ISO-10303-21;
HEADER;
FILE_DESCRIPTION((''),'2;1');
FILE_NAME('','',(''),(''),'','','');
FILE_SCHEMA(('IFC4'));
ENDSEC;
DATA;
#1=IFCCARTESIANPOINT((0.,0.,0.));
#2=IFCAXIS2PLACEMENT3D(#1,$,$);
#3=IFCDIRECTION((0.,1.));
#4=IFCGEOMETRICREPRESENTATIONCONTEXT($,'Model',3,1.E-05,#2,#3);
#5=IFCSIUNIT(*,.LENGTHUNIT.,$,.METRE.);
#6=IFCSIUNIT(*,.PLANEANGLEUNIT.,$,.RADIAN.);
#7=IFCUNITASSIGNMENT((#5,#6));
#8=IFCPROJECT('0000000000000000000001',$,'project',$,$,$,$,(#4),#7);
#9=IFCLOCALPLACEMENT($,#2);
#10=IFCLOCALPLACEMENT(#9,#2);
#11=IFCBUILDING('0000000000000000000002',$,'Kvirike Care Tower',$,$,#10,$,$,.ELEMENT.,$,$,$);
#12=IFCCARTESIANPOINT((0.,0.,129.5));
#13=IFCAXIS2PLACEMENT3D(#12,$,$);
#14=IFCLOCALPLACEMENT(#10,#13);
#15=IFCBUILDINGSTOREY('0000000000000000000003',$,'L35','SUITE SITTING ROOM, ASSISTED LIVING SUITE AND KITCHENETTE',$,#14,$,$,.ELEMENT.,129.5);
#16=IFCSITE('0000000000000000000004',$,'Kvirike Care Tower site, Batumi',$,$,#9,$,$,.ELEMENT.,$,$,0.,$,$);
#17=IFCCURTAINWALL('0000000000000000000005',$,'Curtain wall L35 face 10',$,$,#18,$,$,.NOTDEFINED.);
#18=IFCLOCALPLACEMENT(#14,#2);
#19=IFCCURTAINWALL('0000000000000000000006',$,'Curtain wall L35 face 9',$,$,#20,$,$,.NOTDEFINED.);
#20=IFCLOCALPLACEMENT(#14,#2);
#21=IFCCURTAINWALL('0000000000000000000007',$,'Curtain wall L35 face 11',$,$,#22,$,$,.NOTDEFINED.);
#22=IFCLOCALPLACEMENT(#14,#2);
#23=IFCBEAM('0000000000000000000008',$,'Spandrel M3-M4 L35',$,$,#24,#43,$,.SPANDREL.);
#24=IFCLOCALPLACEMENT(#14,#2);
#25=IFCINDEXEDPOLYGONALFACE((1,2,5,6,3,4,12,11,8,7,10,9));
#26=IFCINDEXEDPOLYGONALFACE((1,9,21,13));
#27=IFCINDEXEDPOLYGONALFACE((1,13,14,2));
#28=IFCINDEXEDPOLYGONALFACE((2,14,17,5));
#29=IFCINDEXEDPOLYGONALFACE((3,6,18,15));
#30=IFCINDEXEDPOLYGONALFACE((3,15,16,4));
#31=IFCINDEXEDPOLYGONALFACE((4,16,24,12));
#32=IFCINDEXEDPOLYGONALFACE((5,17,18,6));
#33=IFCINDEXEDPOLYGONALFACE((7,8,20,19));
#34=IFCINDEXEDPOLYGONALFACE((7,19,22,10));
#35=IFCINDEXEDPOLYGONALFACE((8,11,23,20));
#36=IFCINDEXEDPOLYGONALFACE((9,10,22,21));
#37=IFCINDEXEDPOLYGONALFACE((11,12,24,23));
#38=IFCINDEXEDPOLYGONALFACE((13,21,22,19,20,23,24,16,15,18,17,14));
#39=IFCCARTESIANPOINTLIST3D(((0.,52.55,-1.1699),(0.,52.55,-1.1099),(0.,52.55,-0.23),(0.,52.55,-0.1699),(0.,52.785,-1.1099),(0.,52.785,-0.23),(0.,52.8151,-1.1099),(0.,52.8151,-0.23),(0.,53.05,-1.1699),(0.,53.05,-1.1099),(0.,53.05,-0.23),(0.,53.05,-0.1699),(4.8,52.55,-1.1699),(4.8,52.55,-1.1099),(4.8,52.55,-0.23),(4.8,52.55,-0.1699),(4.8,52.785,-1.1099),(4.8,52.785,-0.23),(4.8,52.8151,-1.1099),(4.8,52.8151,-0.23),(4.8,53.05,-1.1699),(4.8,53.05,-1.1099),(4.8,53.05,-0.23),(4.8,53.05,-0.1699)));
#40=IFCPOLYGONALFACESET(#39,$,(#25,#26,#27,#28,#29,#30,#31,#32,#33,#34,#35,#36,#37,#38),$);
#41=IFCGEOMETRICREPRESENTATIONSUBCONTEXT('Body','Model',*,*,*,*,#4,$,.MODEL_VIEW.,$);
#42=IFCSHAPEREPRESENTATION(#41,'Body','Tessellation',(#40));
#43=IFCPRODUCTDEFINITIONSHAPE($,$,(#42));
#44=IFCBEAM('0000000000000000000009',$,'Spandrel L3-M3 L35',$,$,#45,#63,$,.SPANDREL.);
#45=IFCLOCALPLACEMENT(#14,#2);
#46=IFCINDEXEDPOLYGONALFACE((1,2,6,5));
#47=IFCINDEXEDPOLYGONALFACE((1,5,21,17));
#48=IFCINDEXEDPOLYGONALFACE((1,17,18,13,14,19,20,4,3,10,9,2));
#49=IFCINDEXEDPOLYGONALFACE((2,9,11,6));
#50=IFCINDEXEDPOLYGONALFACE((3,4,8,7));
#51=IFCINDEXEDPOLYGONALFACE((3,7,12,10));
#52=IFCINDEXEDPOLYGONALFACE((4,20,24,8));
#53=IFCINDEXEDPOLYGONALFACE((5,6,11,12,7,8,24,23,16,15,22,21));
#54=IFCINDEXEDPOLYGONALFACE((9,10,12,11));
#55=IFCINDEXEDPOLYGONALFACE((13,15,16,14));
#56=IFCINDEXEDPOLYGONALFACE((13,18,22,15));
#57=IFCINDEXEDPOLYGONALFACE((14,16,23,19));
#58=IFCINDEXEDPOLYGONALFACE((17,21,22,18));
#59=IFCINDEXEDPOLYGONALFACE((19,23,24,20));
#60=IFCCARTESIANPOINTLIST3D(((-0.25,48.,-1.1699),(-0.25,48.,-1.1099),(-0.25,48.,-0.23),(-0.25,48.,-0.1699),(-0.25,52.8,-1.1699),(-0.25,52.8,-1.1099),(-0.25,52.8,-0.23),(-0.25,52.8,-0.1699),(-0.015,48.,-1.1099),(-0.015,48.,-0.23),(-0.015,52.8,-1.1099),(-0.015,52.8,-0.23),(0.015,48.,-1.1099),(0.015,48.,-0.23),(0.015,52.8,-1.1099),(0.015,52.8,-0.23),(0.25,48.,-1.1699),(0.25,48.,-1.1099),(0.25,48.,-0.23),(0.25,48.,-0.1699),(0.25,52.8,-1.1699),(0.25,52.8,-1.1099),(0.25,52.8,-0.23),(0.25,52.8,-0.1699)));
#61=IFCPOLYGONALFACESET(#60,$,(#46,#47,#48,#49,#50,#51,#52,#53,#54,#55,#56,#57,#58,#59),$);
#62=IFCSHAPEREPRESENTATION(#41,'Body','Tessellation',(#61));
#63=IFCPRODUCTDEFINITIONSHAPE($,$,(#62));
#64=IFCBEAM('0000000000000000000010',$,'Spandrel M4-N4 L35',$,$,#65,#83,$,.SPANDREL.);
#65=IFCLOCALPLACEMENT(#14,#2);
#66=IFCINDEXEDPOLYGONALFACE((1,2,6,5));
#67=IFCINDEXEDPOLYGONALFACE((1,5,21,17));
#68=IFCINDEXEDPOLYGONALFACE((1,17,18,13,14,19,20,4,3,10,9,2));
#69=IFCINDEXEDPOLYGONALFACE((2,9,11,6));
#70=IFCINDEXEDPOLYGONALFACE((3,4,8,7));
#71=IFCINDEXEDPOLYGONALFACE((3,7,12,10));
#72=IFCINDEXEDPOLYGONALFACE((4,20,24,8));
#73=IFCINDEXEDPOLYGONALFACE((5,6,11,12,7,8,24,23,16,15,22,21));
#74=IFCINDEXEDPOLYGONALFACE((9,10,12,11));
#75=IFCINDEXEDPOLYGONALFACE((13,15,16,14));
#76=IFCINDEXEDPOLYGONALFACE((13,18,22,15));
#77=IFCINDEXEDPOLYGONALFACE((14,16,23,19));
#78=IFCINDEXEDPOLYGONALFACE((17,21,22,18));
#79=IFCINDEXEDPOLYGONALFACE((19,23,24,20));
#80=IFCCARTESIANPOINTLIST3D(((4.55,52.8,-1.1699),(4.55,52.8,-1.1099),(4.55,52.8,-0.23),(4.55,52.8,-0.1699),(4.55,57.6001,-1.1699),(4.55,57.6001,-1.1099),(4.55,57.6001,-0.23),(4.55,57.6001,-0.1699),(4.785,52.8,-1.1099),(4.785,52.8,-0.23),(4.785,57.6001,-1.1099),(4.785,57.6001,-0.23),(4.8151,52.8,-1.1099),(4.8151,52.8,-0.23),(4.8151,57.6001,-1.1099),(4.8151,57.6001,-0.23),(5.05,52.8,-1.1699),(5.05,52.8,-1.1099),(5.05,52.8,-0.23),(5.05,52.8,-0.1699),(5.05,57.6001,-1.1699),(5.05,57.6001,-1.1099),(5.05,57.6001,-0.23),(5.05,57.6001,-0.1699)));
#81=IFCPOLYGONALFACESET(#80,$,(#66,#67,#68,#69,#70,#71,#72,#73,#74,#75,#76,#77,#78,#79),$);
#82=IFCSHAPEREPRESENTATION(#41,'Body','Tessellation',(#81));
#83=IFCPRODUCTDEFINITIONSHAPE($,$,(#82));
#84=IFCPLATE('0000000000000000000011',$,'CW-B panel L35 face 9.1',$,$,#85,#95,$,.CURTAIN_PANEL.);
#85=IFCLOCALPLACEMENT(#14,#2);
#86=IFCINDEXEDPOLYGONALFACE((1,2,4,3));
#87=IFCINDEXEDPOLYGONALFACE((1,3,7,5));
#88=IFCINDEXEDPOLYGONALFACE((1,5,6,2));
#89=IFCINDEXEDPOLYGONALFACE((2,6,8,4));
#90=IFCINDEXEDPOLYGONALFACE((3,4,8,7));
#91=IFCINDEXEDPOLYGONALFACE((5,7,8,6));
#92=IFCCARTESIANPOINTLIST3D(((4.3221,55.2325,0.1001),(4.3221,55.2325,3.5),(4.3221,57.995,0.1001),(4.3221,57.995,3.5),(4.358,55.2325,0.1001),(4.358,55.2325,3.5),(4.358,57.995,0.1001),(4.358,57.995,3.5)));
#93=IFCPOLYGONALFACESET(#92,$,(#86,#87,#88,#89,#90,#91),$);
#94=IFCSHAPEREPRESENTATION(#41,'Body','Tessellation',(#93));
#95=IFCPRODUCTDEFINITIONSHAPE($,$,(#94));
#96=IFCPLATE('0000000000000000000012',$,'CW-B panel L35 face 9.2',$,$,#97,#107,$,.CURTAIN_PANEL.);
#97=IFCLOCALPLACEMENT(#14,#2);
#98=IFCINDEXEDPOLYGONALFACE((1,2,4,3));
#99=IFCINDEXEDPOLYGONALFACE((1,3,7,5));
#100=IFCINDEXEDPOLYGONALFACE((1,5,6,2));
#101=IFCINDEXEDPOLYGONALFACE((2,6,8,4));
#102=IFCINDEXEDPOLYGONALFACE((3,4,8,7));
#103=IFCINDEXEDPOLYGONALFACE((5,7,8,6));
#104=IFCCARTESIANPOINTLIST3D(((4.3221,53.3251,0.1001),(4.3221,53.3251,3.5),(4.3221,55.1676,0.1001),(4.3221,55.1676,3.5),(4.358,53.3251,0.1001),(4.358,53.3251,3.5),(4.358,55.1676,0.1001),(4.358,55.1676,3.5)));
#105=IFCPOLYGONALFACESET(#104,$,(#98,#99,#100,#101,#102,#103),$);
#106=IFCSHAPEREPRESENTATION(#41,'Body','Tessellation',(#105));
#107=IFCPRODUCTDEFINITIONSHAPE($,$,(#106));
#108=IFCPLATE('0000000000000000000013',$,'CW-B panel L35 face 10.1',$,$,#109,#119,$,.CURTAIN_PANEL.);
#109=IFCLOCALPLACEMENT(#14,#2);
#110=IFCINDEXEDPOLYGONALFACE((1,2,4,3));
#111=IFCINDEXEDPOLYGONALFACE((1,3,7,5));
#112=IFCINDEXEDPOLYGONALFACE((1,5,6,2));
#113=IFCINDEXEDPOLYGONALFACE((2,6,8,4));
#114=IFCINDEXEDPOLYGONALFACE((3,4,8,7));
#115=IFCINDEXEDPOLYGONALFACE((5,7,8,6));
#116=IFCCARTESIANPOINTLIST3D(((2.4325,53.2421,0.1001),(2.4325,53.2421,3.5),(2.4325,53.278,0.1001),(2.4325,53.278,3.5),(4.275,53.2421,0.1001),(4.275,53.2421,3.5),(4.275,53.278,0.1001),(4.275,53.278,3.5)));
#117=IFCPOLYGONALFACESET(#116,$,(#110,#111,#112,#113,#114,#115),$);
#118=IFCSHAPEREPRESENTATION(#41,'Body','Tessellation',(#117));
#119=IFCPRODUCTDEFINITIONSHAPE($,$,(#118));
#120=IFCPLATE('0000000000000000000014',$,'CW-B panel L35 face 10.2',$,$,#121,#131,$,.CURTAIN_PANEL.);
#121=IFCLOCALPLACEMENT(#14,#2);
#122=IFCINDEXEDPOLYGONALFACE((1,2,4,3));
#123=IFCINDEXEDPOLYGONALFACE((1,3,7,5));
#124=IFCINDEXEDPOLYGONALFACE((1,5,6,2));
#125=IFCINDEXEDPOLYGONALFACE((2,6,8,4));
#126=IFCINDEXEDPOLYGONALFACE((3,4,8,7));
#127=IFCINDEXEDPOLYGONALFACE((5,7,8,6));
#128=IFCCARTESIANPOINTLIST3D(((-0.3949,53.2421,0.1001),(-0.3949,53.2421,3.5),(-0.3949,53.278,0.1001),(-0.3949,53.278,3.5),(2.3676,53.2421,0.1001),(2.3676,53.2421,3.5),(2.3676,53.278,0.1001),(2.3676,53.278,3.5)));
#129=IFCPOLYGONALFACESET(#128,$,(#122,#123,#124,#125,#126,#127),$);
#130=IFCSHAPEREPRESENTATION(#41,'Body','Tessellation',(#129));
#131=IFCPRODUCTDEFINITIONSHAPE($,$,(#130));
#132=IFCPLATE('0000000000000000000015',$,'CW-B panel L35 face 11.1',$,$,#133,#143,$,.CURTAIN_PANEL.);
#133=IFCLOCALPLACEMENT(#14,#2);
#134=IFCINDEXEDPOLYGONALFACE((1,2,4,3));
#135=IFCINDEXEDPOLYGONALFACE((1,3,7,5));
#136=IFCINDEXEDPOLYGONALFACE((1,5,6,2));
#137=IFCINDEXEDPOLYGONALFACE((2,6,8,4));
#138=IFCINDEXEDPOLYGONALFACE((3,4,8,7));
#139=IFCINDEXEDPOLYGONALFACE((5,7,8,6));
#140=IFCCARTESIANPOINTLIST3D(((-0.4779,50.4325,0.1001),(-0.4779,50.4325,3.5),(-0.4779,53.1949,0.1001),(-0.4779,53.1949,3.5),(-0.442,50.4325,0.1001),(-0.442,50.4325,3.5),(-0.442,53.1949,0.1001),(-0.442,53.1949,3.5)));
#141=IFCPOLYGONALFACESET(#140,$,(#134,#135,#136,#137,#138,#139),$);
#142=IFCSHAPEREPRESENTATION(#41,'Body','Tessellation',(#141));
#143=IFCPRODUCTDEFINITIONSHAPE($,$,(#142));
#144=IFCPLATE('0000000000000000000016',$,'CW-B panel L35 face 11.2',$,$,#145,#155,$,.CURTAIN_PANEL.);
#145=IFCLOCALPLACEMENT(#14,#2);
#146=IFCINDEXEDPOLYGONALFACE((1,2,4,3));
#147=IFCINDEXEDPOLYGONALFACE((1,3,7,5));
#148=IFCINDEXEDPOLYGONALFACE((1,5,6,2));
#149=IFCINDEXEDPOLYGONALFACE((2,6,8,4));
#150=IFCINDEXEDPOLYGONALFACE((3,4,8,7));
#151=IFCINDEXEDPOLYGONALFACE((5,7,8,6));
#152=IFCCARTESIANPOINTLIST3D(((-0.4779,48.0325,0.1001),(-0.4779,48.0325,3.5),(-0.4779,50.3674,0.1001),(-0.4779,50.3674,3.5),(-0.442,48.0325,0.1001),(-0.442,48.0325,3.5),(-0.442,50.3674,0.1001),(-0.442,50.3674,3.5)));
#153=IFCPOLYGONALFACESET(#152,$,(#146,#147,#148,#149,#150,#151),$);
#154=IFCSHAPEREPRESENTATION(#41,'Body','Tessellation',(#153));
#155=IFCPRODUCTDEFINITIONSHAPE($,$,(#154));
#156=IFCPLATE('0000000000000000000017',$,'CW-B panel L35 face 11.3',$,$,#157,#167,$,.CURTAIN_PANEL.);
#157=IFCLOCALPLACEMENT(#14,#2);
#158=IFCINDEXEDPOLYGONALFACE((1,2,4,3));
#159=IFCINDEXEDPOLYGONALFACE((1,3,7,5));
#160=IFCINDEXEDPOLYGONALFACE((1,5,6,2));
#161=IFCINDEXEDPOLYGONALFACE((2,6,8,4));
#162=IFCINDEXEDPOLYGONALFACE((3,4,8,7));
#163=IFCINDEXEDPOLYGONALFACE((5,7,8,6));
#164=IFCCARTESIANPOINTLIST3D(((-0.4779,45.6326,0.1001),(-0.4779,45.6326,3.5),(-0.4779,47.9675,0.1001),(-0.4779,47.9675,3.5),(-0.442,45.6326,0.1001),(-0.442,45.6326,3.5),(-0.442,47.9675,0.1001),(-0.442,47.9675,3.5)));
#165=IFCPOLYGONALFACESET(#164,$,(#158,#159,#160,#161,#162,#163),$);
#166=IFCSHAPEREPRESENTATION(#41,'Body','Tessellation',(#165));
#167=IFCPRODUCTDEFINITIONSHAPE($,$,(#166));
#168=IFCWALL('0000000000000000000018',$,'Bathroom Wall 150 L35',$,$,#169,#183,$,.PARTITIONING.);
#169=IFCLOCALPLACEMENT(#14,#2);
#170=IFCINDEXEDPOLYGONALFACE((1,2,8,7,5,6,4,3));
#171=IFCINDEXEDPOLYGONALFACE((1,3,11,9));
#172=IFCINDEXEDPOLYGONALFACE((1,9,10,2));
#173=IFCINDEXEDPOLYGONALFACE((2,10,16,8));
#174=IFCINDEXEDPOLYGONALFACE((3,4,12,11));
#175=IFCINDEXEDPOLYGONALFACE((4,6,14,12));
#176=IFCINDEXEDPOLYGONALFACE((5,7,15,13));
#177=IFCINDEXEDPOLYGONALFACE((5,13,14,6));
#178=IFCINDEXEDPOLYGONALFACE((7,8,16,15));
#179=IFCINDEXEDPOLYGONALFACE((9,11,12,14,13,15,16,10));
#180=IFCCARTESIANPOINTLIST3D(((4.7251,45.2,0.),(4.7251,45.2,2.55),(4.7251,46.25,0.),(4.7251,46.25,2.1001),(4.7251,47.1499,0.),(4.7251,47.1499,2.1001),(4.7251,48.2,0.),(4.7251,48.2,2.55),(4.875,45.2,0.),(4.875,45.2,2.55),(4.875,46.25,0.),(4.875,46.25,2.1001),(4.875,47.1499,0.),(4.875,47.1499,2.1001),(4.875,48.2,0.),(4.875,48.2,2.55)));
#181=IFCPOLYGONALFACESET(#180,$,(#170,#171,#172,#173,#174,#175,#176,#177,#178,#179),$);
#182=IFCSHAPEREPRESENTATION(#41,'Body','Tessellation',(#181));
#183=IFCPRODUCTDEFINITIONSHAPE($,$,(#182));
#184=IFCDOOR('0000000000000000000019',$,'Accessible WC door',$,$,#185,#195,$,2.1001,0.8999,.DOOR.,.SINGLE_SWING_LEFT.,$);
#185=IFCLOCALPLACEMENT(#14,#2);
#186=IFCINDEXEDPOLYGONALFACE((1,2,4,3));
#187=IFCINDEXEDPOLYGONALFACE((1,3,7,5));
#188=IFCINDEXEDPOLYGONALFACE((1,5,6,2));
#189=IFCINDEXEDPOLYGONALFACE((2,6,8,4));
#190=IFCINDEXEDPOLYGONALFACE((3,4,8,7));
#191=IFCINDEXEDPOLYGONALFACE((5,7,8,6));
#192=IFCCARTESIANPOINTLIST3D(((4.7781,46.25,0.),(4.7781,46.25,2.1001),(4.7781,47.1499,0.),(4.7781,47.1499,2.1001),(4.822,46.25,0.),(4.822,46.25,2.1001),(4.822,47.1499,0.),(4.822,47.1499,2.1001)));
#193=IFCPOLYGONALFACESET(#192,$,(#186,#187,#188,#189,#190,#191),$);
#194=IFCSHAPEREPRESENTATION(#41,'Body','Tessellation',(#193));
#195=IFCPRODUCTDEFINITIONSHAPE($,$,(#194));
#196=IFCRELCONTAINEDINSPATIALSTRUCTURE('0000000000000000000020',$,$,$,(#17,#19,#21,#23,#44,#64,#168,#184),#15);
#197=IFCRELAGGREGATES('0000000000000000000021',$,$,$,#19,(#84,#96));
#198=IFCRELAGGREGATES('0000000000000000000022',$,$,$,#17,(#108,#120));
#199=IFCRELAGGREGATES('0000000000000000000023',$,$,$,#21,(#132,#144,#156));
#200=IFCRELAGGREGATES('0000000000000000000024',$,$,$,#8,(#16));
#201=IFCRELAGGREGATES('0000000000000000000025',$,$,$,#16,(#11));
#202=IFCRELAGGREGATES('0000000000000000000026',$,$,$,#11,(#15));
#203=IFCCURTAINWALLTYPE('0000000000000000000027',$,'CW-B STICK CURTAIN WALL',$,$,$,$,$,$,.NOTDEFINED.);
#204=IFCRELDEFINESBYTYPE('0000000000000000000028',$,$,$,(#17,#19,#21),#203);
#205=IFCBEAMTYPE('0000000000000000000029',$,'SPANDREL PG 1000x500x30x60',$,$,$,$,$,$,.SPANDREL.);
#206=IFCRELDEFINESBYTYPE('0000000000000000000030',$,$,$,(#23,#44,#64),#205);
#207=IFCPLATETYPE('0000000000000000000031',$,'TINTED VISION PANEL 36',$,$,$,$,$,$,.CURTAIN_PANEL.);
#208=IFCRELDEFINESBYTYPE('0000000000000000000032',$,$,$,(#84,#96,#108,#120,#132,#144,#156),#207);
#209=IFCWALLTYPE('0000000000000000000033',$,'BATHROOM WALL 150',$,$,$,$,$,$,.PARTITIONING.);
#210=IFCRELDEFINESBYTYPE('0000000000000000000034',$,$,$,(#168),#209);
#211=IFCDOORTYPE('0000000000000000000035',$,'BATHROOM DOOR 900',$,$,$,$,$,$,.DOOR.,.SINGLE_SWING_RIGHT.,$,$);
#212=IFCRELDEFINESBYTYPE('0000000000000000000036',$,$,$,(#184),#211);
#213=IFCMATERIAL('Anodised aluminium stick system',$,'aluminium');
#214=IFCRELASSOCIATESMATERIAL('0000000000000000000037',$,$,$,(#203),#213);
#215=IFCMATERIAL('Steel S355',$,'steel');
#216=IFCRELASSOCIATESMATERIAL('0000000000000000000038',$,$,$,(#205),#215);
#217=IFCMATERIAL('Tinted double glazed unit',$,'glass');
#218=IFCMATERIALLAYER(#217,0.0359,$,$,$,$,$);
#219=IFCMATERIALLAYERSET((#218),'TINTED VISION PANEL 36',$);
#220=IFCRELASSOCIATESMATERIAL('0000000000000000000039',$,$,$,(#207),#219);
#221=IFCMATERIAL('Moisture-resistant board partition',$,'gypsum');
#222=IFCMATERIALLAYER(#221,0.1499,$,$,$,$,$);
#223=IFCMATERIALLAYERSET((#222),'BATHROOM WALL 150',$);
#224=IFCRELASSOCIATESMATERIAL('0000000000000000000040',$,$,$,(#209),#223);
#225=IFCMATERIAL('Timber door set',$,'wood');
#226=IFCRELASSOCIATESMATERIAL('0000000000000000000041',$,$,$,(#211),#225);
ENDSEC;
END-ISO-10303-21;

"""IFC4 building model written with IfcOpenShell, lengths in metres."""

from ifc_helpers import new_model, si_unit, direction, frame, frame_2d, origin, origin_2d, place, context, subcontext, project, spatial, rectangle, i_section, extrude, material, layer, layer_set, material_profile, profile_set, type_object, element, fill, aggregate, save


model = new_model("IFC4")

# Units and contexts
model_context = context("Model", 3, precision=1e-05, world=origin(), true_north=direction((0.0, 1.0)))
body_context = subcontext(model_context, "Body", "Model", "MODEL_VIEW")
ifc_project = project(units=[si_unit("LENGTHUNIT", "METRE"), si_unit("PLANEANGLEUNIT", "RADIAN")], contexts=[model_context])

# Site, building, storey
site_placement = place(None, origin())
site = spatial("IfcSite", under=ifc_project, at=site_placement, Name="Kvirike Care Tower site, Batumi", CompositionType="ELEMENT", RefElevation=0.0)
building_placement = place(site_placement, origin())
building = spatial("IfcBuilding", under=site, at=building_placement, Name="Kvirike Care Tower", CompositionType="ELEMENT")
storey_placement = place(building_placement, frame((0.0, 0.0, 129.5)))
storey = spatial("IfcBuildingStorey", under=building, at=storey_placement, Name="L35", Description="SUITE SITTING ROOM, ASSISTED LIVING SUITE AND KITCHENETTE", CompositionType="ELEMENT", Elevation=129.5)

# Curtain wall
ifc_material_1 = material(Name="Anodised aluminium stick system", Category="aluminium")
curtain_wall_type = type_object("IfcCurtainWallType", Name="CW-B STICK CURTAIN WALL", PredefinedType="NOTDEFINED", material=ifc_material_1)
curtain_wall_1_placement = place(storey_placement, origin())
curtain_wall_1 = element("IfcCurtainWall", 1, at=curtain_wall_1_placement, inside=storey, type_object=curtain_wall_type, Name="Curtain wall L35 face 10", PredefinedType="NOTDEFINED")

# Curtain wall
curtain_wall_2_placement = place(storey_placement, origin())
curtain_wall_2 = element("IfcCurtainWall", 2, at=curtain_wall_2_placement, inside=storey, type_object=curtain_wall_type, Name="Curtain wall L35 face 9", PredefinedType="NOTDEFINED")

# Curtain wall
curtain_wall_3_placement = place(storey_placement, origin())
curtain_wall_3 = element("IfcCurtainWall", 3, at=curtain_wall_3_placement, inside=storey, type_object=curtain_wall_type, Name="Curtain wall L35 face 11", PredefinedType="NOTDEFINED")

# Beams
ifc_material_2 = material(Name="Steel S355", Category="steel")
ifc_material_profile_1 = material_profile(ifc_material_2, i_section(OverallWidth=0.5, OverallDepth=1.0, WebThickness=0.03, FlangeThickness=0.0601, at=origin_2d()), Name="PG 1000x500x30x60")
ifc_profile_set_1 = profile_set([ifc_material_profile_1], Name="Steel S355")
beam_type_1 = type_object("IfcBeamType", Name="SPANDREL PG 1000x500x30x60", PredefinedType="SPANDREL", material=ifc_profile_set_1)
for number, where, z_axis, x_axis, name in (
    (4, (0.0, 52.8, -0.6699), (1.0, 0.0, 0.0), (0.0, 1.0, 0.0), "Spandrel M3-M4 L35"),
    (5, (0.0, 48.0, -0.6699), (0.0, 1.0, 0.0), (-1.0, 0.0, 0.0), "Spandrel L3-M3 L35"),
    (6, (4.8, 52.8, -0.6699), (0.0, 1.0, 0.0), (-1.0, 0.0, 0.0), "Spandrel M4-N4 L35"),
):
    element("IfcBeam", number, at=place(storey_placement, frame(where, z_axis=z_axis, x_axis=x_axis)), inside=storey, type_object=beam_type_1, Name=name, PredefinedType="SPANDREL", context=body_context, shape_type="SweptSolid", body=[
        extrude(i_section(OverallWidth=0.5, OverallDepth=1.0, WebThickness=0.03, FlangeThickness=0.0601, at=origin_2d()), origin(), (0.0, 0.0, 1.0), 4.8),
    ])

# Plates
ifc_material_3 = material(Name="Tinted double glazed unit", Category="glass")
ifc_layer_1 = layer(ifc_material_3, 0.0359)
ifc_layer_set_1 = layer_set([ifc_layer_1], Name="TINTED VISION PANEL 36")
plate_type = type_object("IfcPlateType", Name="TINTED VISION PANEL 36", PredefinedType="CURTAIN_PANEL", material=ifc_layer_set_1)
plate_1_placement = place(storey_placement, frame((4.3401, 56.6138, 0.1001), z_axis=(0.0, 0.0, 1.0), x_axis=(0.0, -1.0, 0.0)))
plate_1 = element("IfcPlate", 7, at=plate_1_placement, type_object=plate_type, Name="CW-B panel L35 face 9.1", PredefinedType="CURTAIN_PANEL", context=body_context, shape_type="SweptSolid", body=[
    extrude(rectangle(XDim=2.7625, YDim=0.0359, at=origin_2d()), origin(), (0.0, 0.0, 1.0), 3.3999),
])
plate_2_placement = place(storey_placement, frame((4.3401, 54.2463, 0.1001), z_axis=(0.0, 0.0, 1.0), x_axis=(0.0, -1.0, 0.0)))
plate_2 = element("IfcPlate", 8, at=plate_2_placement, type_object=plate_type, Name="CW-B panel L35 face 9.2", PredefinedType="CURTAIN_PANEL", context=body_context, shape_type="SweptSolid", body=[
    extrude(rectangle(XDim=1.8425, YDim=0.0359, at=origin_2d()), origin(), (0.0, 0.0, 1.0), 3.3999),
])
aggregate(curtain_wall_2, [plate_1, plate_2])
plate_3_placement = place(storey_placement, frame((3.3538, 53.26, 0.1001), z_axis=(0.0, 0.0, 1.0), x_axis=(-1.0, 0.0, 0.0)))
plate_3 = element("IfcPlate", 9, at=plate_3_placement, type_object=plate_type, Name="CW-B panel L35 face 10.1", PredefinedType="CURTAIN_PANEL", context=body_context, shape_type="SweptSolid", body=[
    extrude(rectangle(XDim=1.8425, YDim=0.0359, at=origin_2d()), origin(), (0.0, 0.0, 1.0), 3.3999),
])
plate_4_placement = place(storey_placement, frame((0.9863, 53.26, 0.1001), z_axis=(0.0, 0.0, 1.0), x_axis=(-1.0, 0.0, 0.0)))
plate_4 = element("IfcPlate", 10, at=plate_4_placement, type_object=plate_type, Name="CW-B panel L35 face 10.2", PredefinedType="CURTAIN_PANEL", context=body_context, shape_type="SweptSolid", body=[
    extrude(rectangle(XDim=2.7625, YDim=0.0359, at=origin_2d()), origin(), (0.0, 0.0, 1.0), 3.3999),
])
aggregate(curtain_wall_1, [plate_3, plate_4])
plate_5_placement = place(storey_placement, frame((-0.46, 51.8137, 0.1001), z_axis=(0.0, 0.0, 1.0), x_axis=(0.0, -1.0, 0.0)))
plate_5 = element("IfcPlate", 11, at=plate_5_placement, type_object=plate_type, Name="CW-B panel L35 face 11.1", PredefinedType="CURTAIN_PANEL", context=body_context, shape_type="SweptSolid", body=[
    extrude(rectangle(XDim=2.7625, YDim=0.0359, at=origin_2d()), origin(), (0.0, 0.0, 1.0), 3.3999),
])
plate_6_placement = place(storey_placement, frame((-0.46, 49.2, 0.1001), z_axis=(0.0, 0.0, 1.0), x_axis=(0.0, -1.0, 0.0)))
plate_6 = element("IfcPlate", 12, at=plate_6_placement, type_object=plate_type, Name="CW-B panel L35 face 11.2", PredefinedType="CURTAIN_PANEL", context=body_context, shape_type="SweptSolid", body=[
    extrude(rectangle(XDim=2.335, YDim=0.0359, at=origin_2d()), origin(), (0.0, 0.0, 1.0), 3.3999),
])
plate_7_placement = place(storey_placement, frame((-0.46, 46.8, 0.1001), z_axis=(0.0, 0.0, 1.0), x_axis=(0.0, -1.0, 0.0)))
plate_7 = element("IfcPlate", 13, at=plate_7_placement, type_object=plate_type, Name="CW-B panel L35 face 11.3", PredefinedType="CURTAIN_PANEL", context=body_context, shape_type="SweptSolid", body=[
    extrude(rectangle(XDim=2.335, YDim=0.0359, at=origin_2d()), origin(), (0.0, 0.0, 1.0), 3.3999),
])
aggregate(curtain_wall_3, [plate_5, plate_6, plate_7])

# Wall, opening, door
ifc_material_4 = material(Name="Moisture-resistant board partition", Category="gypsum")
ifc_layer_2 = layer(ifc_material_4, 0.1499)
ifc_layer_set_2 = layer_set([ifc_layer_2], Name="BATHROOM WALL 150")
wall_type_1 = type_object("IfcWallType", Name="BATHROOM WALL 150", PredefinedType="PARTITIONING", material=ifc_layer_set_2)
wall_1_placement = place(storey_placement, frame((4.8, 48.2, 0.0), z_axis=(0.0, 0.0, 1.0), x_axis=(0.0, -1.0, 0.0)))
wall_1 = element("IfcWall", 14, at=wall_1_placement, inside=storey, type_object=wall_type_1, Name="Bathroom Wall 150 L35", PredefinedType="PARTITIONING", context=body_context, shape_type="SweptSolid", body=[
    extrude(rectangle(XDim=3.0, YDim=0.1499, at=frame_2d((1.5, 0.0))), origin(), (0.0, 0.0, 1.0), 2.55),
])
opening_placement = place(wall_1_placement, frame((1.05, 0.0, 0.0)))
opening = element("IfcOpeningElement", 15, at=opening_placement, cuts=wall_1, PredefinedType="OPENING", context=body_context, shape_type="SweptSolid", body=[
    extrude(rectangle(XDim=0.8999, YDim=2.1001, at=frame_2d((0.45, 1.05))), frame((0.0, 0.0854, 0.0), z_axis=(0.0, -1.0, 0.0), x_axis=(1.0, 0.0, 0.0)), (0.0, 0.0, 1.0), 0.1709),
])
ifc_material_5 = material(Name="Timber door set", Category="wood")
door_type = type_object("IfcDoorType", Name="BATHROOM DOOR 900", OperationType="SINGLE_SWING_RIGHT", PredefinedType="DOOR", material=ifc_material_5)
door_placement = place(opening_placement, frame((0.8999, 0.0, 0.0), z_axis=(0.0, 0.0, 1.0), x_axis=(-1.0, 0.0, 0.0)))
door = element("IfcDoor", 16, at=door_placement, inside=storey, type_object=door_type, Name="Accessible WC door", OperationType="SINGLE_SWING_LEFT", OverallHeight=2.1001, OverallWidth=0.8999, PredefinedType="DOOR", context=body_context, shape_type="SweptSolid", body=[
    extrude(rectangle(XDim=0.8999, YDim=2.1001, at=frame_2d((0.45, 1.05))), frame((0.0, 0.022, 0.0), z_axis=(0.0, -1.0, 0.0), x_axis=(1.0, 0.0, 0.0)), (0.0, 0.0, 1.0), 0.0439),
])
fill(opening, door)

save(model, "model.ifc")
